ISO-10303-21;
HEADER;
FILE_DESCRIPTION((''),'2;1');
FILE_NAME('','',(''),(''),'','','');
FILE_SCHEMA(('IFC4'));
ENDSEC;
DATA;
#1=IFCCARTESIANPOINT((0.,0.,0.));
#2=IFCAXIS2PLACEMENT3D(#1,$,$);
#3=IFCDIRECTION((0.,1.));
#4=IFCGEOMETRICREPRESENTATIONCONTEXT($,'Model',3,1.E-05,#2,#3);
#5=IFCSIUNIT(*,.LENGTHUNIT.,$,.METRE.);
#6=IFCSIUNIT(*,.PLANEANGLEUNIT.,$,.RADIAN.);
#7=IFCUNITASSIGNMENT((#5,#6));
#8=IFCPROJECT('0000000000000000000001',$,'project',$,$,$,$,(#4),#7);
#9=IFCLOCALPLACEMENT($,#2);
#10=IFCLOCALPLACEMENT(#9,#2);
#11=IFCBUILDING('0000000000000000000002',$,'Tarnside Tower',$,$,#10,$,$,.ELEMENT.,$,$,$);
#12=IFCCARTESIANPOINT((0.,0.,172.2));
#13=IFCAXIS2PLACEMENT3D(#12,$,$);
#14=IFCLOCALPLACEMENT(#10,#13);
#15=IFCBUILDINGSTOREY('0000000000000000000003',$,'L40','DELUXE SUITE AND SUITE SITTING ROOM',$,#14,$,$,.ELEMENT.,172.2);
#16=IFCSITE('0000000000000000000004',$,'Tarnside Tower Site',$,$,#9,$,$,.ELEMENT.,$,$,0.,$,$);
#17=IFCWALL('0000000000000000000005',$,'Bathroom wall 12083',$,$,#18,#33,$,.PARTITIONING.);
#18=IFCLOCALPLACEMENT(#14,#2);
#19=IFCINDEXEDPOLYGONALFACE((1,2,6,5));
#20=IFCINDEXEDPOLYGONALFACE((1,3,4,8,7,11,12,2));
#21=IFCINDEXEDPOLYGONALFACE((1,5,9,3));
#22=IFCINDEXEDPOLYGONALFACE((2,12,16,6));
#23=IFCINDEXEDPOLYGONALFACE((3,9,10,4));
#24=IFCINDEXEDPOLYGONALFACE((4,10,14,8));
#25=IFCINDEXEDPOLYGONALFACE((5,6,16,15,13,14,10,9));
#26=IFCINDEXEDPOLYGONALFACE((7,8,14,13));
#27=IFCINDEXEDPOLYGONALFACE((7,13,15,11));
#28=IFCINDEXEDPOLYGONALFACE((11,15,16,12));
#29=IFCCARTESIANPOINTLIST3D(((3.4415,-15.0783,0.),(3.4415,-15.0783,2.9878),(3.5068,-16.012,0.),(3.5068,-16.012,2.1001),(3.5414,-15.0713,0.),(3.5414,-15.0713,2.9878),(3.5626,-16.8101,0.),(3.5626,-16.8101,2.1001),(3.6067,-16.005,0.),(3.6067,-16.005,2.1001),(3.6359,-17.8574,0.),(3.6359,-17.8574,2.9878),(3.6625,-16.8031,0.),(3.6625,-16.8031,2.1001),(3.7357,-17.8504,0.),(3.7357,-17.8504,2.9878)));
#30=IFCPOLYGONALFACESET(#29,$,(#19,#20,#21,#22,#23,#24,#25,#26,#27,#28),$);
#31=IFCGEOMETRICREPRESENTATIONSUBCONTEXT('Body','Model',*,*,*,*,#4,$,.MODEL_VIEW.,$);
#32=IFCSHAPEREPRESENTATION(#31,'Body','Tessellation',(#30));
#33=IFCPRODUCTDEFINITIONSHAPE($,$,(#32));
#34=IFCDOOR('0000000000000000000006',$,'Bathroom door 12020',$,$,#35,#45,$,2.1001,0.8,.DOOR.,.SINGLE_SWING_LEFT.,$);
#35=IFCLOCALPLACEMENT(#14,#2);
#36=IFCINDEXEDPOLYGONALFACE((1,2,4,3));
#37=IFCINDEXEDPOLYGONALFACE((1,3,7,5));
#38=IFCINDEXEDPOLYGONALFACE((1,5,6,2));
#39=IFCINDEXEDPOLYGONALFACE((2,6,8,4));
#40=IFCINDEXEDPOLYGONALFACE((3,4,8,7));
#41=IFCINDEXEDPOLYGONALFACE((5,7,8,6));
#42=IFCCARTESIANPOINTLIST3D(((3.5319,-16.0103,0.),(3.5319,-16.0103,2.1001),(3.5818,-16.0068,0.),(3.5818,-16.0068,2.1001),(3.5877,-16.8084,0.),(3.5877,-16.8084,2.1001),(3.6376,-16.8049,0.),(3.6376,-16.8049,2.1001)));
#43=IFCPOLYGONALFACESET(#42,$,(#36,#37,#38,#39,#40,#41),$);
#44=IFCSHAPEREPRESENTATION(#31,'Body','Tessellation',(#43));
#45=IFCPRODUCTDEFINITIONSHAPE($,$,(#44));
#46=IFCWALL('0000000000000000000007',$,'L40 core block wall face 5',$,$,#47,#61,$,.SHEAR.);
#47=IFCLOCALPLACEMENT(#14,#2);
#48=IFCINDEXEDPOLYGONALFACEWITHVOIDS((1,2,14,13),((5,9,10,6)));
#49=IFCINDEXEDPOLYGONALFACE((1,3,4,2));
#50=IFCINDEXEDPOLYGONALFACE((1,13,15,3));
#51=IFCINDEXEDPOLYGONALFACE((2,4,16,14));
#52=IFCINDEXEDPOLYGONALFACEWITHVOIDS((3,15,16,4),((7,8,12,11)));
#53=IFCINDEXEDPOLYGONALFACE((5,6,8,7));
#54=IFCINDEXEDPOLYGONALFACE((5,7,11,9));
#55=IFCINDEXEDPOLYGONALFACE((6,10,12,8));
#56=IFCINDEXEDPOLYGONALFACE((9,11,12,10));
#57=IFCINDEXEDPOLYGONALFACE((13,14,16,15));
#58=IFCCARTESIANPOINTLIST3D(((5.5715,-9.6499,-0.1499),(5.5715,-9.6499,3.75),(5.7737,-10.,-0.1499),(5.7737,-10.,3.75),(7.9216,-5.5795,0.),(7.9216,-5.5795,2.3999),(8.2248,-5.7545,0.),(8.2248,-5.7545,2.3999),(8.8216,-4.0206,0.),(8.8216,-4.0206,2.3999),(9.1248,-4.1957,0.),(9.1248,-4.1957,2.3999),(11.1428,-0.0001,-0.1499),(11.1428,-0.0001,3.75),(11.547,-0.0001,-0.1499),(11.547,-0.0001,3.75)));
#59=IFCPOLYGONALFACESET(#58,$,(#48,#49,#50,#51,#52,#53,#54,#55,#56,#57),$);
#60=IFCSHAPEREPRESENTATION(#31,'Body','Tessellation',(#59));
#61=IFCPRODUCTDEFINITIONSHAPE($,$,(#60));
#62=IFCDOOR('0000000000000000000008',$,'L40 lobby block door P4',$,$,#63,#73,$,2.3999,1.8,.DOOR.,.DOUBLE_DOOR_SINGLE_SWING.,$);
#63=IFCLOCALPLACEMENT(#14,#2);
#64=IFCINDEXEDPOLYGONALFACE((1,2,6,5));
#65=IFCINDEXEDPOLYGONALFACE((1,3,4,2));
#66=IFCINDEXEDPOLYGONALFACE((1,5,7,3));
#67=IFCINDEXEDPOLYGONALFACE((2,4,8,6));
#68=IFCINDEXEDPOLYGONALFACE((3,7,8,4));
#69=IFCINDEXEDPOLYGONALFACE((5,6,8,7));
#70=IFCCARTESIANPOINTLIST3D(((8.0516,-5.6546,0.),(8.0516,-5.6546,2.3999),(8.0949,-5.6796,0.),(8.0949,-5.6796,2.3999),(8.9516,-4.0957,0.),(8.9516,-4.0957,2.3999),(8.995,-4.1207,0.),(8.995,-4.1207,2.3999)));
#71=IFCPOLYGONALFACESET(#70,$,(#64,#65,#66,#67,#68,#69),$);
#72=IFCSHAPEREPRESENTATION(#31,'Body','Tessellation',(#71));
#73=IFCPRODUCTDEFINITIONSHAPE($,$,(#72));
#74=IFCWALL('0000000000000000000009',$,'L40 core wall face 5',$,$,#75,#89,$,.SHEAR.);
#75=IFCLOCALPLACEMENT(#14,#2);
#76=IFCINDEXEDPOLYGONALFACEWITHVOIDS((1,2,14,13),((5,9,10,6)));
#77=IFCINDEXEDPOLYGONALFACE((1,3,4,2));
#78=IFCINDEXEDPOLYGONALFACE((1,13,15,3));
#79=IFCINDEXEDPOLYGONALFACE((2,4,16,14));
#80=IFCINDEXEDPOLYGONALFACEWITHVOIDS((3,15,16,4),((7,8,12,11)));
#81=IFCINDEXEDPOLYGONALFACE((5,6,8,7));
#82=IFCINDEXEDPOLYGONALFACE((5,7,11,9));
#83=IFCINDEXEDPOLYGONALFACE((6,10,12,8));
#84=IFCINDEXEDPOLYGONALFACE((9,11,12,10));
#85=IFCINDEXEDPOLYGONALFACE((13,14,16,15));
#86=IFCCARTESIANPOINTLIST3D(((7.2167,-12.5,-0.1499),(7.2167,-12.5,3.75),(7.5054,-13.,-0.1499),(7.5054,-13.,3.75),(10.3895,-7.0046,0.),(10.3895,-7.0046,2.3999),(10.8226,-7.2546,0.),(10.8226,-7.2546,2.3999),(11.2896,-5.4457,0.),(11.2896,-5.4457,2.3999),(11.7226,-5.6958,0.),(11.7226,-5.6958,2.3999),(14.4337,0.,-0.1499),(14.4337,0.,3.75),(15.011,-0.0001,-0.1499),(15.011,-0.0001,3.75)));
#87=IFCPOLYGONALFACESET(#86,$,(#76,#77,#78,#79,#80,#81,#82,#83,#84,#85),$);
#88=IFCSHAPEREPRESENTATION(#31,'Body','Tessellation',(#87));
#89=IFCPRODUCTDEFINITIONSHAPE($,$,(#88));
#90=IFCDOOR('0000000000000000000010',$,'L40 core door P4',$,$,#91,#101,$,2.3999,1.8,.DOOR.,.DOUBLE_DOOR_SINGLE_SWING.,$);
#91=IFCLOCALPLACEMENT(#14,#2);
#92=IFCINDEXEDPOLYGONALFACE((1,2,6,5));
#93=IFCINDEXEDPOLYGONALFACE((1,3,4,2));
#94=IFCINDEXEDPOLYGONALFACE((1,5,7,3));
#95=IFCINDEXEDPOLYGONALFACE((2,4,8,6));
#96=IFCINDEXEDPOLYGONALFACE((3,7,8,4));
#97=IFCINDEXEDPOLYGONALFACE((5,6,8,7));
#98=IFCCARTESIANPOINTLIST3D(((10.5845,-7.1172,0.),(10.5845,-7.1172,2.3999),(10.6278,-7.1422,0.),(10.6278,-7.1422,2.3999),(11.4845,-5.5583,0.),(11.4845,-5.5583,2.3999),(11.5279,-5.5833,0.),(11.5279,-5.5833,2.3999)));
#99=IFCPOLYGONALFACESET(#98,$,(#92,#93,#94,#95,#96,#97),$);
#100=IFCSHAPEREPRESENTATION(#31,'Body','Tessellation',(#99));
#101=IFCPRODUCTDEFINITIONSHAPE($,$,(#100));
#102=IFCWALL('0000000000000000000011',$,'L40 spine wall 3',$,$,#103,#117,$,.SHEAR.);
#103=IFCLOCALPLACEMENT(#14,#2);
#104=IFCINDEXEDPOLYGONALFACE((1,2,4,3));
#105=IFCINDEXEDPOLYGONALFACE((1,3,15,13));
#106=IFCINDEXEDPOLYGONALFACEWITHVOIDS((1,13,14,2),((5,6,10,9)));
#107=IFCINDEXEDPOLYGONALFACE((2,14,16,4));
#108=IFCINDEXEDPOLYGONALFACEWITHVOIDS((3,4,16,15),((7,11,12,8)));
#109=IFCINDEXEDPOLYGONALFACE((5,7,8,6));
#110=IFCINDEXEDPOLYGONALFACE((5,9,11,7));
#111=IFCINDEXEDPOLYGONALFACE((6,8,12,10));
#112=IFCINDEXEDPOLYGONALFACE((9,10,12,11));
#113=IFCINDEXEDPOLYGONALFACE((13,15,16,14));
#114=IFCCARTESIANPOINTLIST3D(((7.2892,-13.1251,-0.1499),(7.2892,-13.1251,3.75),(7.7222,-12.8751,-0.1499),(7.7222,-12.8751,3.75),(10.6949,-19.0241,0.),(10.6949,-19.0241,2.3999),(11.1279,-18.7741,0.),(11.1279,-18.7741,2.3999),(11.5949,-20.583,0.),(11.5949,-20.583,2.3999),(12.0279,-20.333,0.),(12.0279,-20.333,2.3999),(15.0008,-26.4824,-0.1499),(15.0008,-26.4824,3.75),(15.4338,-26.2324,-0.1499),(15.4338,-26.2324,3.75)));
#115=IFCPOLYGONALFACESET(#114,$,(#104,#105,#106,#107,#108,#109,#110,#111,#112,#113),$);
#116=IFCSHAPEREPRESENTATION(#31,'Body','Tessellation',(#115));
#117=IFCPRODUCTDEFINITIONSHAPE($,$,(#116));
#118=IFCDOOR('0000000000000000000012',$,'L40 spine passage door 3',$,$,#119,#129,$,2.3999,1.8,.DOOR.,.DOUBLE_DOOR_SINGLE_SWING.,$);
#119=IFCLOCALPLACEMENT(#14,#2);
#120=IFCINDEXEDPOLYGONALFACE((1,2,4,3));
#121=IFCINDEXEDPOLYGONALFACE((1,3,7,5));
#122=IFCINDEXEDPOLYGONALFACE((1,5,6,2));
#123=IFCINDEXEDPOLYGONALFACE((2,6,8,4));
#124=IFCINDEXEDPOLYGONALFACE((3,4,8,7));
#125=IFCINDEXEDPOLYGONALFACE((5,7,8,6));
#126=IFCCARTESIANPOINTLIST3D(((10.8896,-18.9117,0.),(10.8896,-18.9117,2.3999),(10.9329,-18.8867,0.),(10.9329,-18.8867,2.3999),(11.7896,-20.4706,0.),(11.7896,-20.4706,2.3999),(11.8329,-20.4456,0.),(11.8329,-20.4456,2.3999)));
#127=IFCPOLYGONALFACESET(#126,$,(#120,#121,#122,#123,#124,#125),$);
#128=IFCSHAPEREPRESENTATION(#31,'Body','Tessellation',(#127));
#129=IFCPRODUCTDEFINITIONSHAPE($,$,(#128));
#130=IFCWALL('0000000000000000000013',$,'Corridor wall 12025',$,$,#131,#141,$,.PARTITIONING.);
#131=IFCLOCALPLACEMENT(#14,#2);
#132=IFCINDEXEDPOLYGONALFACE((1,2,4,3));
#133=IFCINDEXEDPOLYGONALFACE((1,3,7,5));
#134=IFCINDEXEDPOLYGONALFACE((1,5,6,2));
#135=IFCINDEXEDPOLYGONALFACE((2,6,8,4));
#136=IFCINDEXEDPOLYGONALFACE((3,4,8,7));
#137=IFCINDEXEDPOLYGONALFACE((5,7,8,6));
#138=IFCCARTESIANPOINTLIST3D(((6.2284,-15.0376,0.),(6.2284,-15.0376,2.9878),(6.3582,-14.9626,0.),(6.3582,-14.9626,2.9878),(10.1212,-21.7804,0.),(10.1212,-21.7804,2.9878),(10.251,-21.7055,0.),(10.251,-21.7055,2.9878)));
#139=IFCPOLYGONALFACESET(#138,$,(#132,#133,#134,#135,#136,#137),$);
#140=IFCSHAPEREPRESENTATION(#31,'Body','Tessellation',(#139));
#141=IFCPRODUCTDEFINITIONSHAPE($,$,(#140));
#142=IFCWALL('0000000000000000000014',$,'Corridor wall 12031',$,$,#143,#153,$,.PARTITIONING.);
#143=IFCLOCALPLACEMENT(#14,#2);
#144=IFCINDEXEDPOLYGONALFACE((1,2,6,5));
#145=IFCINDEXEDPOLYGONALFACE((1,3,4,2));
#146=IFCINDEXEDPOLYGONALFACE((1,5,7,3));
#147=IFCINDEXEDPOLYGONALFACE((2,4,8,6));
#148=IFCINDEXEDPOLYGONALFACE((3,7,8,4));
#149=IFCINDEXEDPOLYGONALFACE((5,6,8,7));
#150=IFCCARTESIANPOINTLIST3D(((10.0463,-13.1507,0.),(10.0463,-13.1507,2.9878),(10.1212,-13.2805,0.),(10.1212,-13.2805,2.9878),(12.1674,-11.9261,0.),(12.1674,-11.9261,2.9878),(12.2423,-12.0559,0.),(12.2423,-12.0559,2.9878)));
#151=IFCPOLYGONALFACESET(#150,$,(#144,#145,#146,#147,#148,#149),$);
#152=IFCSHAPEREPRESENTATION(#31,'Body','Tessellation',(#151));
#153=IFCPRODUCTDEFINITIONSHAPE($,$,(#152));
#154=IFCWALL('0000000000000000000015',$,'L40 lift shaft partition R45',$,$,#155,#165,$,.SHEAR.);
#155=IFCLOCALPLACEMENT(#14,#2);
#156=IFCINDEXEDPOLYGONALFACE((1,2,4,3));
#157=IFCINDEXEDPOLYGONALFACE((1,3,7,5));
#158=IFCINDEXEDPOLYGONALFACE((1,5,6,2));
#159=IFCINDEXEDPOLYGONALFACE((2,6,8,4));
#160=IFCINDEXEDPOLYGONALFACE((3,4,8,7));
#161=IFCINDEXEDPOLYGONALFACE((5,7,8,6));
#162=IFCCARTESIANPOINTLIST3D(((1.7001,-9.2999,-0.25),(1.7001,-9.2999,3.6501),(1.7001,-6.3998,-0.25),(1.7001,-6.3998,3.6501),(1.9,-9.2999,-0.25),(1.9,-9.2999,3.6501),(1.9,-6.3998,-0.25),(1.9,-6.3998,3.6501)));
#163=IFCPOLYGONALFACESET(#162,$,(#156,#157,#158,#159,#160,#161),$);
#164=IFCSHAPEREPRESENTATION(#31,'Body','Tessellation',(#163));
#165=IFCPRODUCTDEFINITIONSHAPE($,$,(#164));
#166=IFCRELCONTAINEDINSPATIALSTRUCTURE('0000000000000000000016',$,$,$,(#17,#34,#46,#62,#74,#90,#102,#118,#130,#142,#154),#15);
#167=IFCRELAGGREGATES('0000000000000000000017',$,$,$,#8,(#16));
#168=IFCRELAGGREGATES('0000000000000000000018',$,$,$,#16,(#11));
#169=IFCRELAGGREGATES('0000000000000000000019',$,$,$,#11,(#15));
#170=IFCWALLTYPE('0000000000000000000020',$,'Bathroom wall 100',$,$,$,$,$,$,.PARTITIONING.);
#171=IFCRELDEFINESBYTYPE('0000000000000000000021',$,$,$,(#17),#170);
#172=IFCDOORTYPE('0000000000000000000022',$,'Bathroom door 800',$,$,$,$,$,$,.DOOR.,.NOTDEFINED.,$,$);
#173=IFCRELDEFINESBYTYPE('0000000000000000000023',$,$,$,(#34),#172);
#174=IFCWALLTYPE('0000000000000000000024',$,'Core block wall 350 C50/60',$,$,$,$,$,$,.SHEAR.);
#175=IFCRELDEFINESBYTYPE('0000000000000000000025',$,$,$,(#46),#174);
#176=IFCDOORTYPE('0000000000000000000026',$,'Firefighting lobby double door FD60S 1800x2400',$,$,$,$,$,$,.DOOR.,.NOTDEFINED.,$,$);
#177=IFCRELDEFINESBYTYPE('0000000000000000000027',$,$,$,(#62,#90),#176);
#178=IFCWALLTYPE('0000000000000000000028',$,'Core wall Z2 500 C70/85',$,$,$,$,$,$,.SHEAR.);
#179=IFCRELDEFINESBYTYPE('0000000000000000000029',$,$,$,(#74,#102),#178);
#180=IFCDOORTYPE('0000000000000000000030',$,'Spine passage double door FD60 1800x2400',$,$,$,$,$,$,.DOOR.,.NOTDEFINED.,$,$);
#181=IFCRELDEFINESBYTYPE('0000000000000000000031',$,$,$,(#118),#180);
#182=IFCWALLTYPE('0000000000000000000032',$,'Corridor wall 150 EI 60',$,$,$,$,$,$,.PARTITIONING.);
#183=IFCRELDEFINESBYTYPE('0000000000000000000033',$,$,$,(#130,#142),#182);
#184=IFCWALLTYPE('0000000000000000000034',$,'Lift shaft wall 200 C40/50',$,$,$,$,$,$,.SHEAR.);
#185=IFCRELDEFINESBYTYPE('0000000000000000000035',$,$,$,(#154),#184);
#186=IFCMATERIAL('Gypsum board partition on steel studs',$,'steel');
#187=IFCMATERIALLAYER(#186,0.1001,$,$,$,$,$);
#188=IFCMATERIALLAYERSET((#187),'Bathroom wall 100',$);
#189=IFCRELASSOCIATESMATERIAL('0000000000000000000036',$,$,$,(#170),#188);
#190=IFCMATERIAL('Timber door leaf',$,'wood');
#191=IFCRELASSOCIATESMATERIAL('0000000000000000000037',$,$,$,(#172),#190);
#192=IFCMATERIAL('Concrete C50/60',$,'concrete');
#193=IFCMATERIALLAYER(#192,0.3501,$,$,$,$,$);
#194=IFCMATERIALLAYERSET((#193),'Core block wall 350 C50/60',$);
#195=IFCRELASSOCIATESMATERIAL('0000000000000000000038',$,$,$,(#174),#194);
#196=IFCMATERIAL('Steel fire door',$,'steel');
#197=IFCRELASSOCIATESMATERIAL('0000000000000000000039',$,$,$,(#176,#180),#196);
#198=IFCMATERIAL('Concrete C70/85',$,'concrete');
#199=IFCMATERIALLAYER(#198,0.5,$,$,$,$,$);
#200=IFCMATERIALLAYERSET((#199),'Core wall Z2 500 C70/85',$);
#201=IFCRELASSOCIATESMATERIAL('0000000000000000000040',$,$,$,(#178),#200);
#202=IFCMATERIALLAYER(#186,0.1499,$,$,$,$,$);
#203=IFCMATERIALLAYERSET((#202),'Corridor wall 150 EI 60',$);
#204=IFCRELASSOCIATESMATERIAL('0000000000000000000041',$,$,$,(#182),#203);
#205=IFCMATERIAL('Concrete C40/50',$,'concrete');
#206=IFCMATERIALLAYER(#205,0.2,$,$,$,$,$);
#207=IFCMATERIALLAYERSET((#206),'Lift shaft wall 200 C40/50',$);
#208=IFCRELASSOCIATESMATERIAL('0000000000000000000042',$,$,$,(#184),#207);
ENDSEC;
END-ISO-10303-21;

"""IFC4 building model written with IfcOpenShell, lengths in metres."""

from ifc_helpers import new_model, si_unit, direction, frame, frame_2d, origin, place, context, subcontext, project, spatial, polyline, rectangle, outline, extrude, material, layer, layer_set, type_object, element, fill, save


model = new_model("IFC4")

# Units and contexts
model_context = context("Model", 3, precision=1e-05, world=origin(), true_north=direction((0.0, 1.0)))
body_context = subcontext(model_context, "Body", "Model", "MODEL_VIEW")
ifc_project = project(units=[si_unit("LENGTHUNIT", "METRE"), si_unit("PLANEANGLEUNIT", "RADIAN")], contexts=[model_context])

# Site, building, storey
site_placement = place(None, origin())
site = spatial("IfcSite", under=ifc_project, at=site_placement, Name="Tarnside Tower Site", CompositionType="ELEMENT", RefElevation=0.0)
building_placement = place(site_placement, origin())
building = spatial("IfcBuilding", under=site, at=building_placement, Name="Tarnside Tower", CompositionType="ELEMENT")
storey_placement = place(building_placement, frame((0.0, 0.0, 172.2)))
storey = spatial("IfcBuildingStorey", under=building, at=storey_placement, Name="L40", Description="DELUXE SUITE AND SUITE SITTING ROOM", CompositionType="ELEMENT", Elevation=172.2)

# Shared definitions
ifc_material_1 = material(Name="Gypsum board partition on steel studs", Category="steel")
ifc_layer_1 = layer(ifc_material_1, 0.1001)
ifc_layer_set_1 = layer_set([ifc_layer_1], Name="Bathroom wall 100")
wall_type_1 = type_object("IfcWallType", Name="Bathroom wall 100", PredefinedType="PARTITIONING", material=ifc_layer_set_1)

# Walls, openings, doors
wall_1_placement = place(storey_placement, frame((3.6858, -17.854, 0.0), z_axis=(0.0, 0.0, 1.0), x_axis=(-0.069758, 0.997564, 0.0)))
wall_1 = element("IfcWall", 1, at=wall_1_placement, inside=storey, type_object=wall_type_1, Name="Bathroom wall 12083", PredefinedType="PARTITIONING", context=body_context, shape_type="SweptSolid", body=[
    extrude(rectangle(XDim=2.7859, YDim=0.1001, at=frame_2d((1.3931, 0.0))), origin(), (0.0, 0.0, 1.0), 2.9878),
])
opening_1_placement = place(wall_1_placement, frame((1.05, 0.0, 0.0)))
opening_1 = element("IfcOpeningElement", 2, at=opening_1_placement, cuts=wall_1, PredefinedType="OPENING", context=body_context, shape_type="SweptSolid", body=[
    extrude(rectangle(XDim=0.8, YDim=2.1001, at=frame_2d((0.3999, 1.05))), frame((0.0, 0.0601, 0.0), z_axis=(0.0, -1.0, 0.0), x_axis=(1.0, 0.0, 0.0)), (0.0, 0.0, 1.0), 0.1201),
])
ifc_material_2 = material(Name="Timber door leaf", Category="wood")
door_type_1 = type_object("IfcDoorType", Name="Bathroom door 800", OperationType="NOTDEFINED", PredefinedType="DOOR", material=ifc_material_2)
door_1_placement = place(opening_1_placement, origin())
door_1 = element("IfcDoor", 3, at=door_1_placement, inside=storey, type_object=door_type_1, Name="Bathroom door 12020", OperationType="SINGLE_SWING_LEFT", OverallHeight=2.1001, OverallWidth=0.8, PredefinedType="DOOR", context=body_context, shape_type="SweptSolid", body=[
    extrude(rectangle(XDim=0.8, YDim=2.1001, at=frame_2d((0.3999, 1.05))), frame((0.0, 0.0249, 0.0), z_axis=(0.0, -1.0, 0.0), x_axis=(1.0, 0.0, 0.0)), (0.0, 0.0, 1.0), 0.05),
])
fill(opening_1, door_1)
ifc_material_3 = material(Name="Concrete C50/60", Category="concrete")
ifc_layer_2 = layer(ifc_material_3, 0.3501)
ifc_layer_set_2 = layer_set([ifc_layer_2], Name="Core block wall 350 C50/60")
wall_type_2 = type_object("IfcWallType", Name="Core block wall 350 C50/60", PredefinedType="SHEAR", material=ifc_layer_set_2)
wall_2_placement = place(storey_placement, frame((5.6726, -9.825, -0.1499), z_axis=(0.0, 0.0, 1.0), x_axis=(0.499995, 0.866028, 0.0)))
wall_2 = element("IfcWall", 4, at=wall_2_placement, inside=storey, type_object=wall_type_2, Name="L40 core block wall face 5", PredefinedType="SHEAR", context=body_context, shape_type="SweptSolid", body=[
    extrude(outline(polyline([(-0.1011, -0.175), (11.4458, -0.175), (11.2437, 0.175), (0.1011, 0.175), (-0.1011, -0.175)])), origin(), (0.0, 0.0, 1.0), 3.8999),
])
opening_2_placement = place(wall_2_placement, frame((4.8013, 0.0, 0.1499)))
opening_2 = element("IfcOpeningElement", 5, at=opening_2_placement, cuts=wall_2, PredefinedType="OPENING", context=body_context, shape_type="SweptSolid", body=[
    extrude(rectangle(XDim=1.8, YDim=2.3999, at=frame_2d((0.8999, 1.2))), frame((0.0, 0.1851, 0.0), z_axis=(0.0, -1.0, 0.0), x_axis=(1.0, 0.0, 0.0)), (0.0, 0.0, 1.0), 0.3701),
])
ifc_material_4 = material(Name="Steel fire door", Category="steel")
door_type_2 = type_object("IfcDoorType", Name="Firefighting lobby double door FD60S 1800x2400", OperationType="NOTDEFINED", PredefinedType="DOOR", material=ifc_material_4)
door_2_placement = place(opening_2_placement, origin())
door_2 = element("IfcDoor", 6, at=door_2_placement, inside=storey, type_object=door_type_2, Name="L40 lobby block door P4", OperationType="DOUBLE_DOOR_SINGLE_SWING", OverallHeight=2.3999, OverallWidth=1.8, PredefinedType="DOOR", context=body_context, shape_type="SweptSolid", body=[
    extrude(rectangle(XDim=1.8, YDim=2.3999, at=frame_2d((0.8999, 1.2))), frame((0.0, 0.0249, 0.0), z_axis=(0.0, -1.0, 0.0), x_axis=(1.0, 0.0, 0.0)), (0.0, 0.0, 1.0), 0.05),
])
fill(opening_2, door_2)
ifc_material_5 = material(Name="Concrete C70/85", Category="concrete")
ifc_layer_3 = layer(ifc_material_5, 0.5)
ifc_layer_set_3 = layer_set([ifc_layer_3], Name="Core wall Z2 500 C70/85")
wall_type_3 = type_object("IfcWallType", Name="Core wall Z2 500 C70/85", PredefinedType="SHEAR", material=ifc_layer_set_3)
wall_3_placement = place(storey_placement, frame((7.3611, -12.75, -0.1499), z_axis=(0.0, 0.0, 1.0), x_axis=(0.500006, 0.866022, 0.0)))
wall_3 = element("IfcWall", 7, at=wall_3_placement, inside=storey, type_object=wall_type_3, Name="L40 core wall face 5", PredefinedType="SHEAR", context=body_context, shape_type="SweptSolid", body=[
    extrude(outline(polyline([(-0.1443, -0.25), (14.8667, -0.25), (14.5781, 0.25), (0.1443, 0.25), (-0.1443, -0.25)])), origin(), (0.0, 0.0, 1.0), 3.8999),
])
opening_3_placement = place(wall_3_placement, frame((6.49, 0.0, 0.1499)))
opening_3 = element("IfcOpeningElement", 8, at=opening_3_placement, cuts=wall_3, PredefinedType="OPENING", context=body_context, shape_type="SweptSolid", body=[
    extrude(rectangle(XDim=1.8, YDim=2.3999, at=frame_2d((0.8999, 1.2))), frame((0.0, 0.26, 0.0), z_axis=(0.0, -1.0, 0.0), x_axis=(1.0, 0.0, 0.0)), (0.0, 0.0, 1.0), 0.52),
])
door_3_placement = place(opening_3_placement, origin())
door_3 = element("IfcDoor", 9, at=door_3_placement, inside=storey, type_object=door_type_2, Name="L40 core door P4", OperationType="DOUBLE_DOOR_SINGLE_SWING", OverallHeight=2.3999, OverallWidth=1.8, PredefinedType="DOOR", context=body_context, shape_type="SweptSolid", body=[
    extrude(rectangle(XDim=1.8, YDim=2.3999, at=frame_2d((0.8999, 1.2))), frame((0.0, 0.0249, 0.0), z_axis=(0.0, -1.0, 0.0), x_axis=(1.0, 0.0, 0.0)), (0.0, 0.0, 1.0), 0.05),
])
fill(opening_3, door_3)
wall_4_placement = place(storey_placement, frame((7.5056, -13.0, -0.1499), z_axis=(0.0, 0.0, 1.0), x_axis=(0.499988, -0.866032, 0.0)))
wall_4 = element("IfcWall", 10, at=wall_4_placement, inside=storey, type_object=wall_type_3, Name="L40 spine wall 3", PredefinedType="SHEAR", context=body_context, shape_type="SweptSolid", body=[
    extrude(rectangle(XDim=15.4236, YDim=0.5, at=frame_2d((7.7119, 0.0))), origin(), (0.0, 0.0, 1.0), 3.8999),
])
opening_4_placement = place(wall_4_placement, frame((6.8118, 0.0, 0.1499)))
opening_4 = element("IfcOpeningElement", 11, at=opening_4_placement, cuts=wall_4, PredefinedType="OPENING", context=body_context, shape_type="SweptSolid", body=[
    extrude(rectangle(XDim=1.8, YDim=2.3999, at=frame_2d((0.8999, 1.2))), frame((0.0, 0.26, 0.0), z_axis=(0.0, -1.0, 0.0), x_axis=(1.0, 0.0, 0.0)), (0.0, 0.0, 1.0), 0.52),
])
door_type_3 = type_object("IfcDoorType", Name="Spine passage double door FD60 1800x2400", OperationType="NOTDEFINED", PredefinedType="DOOR", material=ifc_material_4)
door_4_placement = place(opening_4_placement, origin())
door_4 = element("IfcDoor", 12, at=door_4_placement, inside=storey, type_object=door_type_3, Name="L40 spine passage door 3", OperationType="DOUBLE_DOOR_SINGLE_SWING", OverallHeight=2.3999, OverallWidth=1.8, PredefinedType="DOOR", context=body_context, shape_type="SweptSolid", body=[
    extrude(rectangle(XDim=1.8, YDim=2.3999, at=frame_2d((0.8999, 1.2))), frame((0.0, 0.0249, 0.0), z_axis=(0.0, -1.0, 0.0), x_axis=(1.0, 0.0, 0.0)), (0.0, 0.0, 1.0), 0.05),
])
fill(opening_4, door_4)

# Walls
ifc_layer_4 = layer(ifc_material_1, 0.1499)
ifc_layer_set_4 = layer_set([ifc_layer_4], Name="Corridor wall 150 EI 60")
wall_type_4 = type_object("IfcWallType", Name="Corridor wall 150 EI 60", PredefinedType="PARTITIONING", material=ifc_layer_set_4)
wall_5_placement = place(storey_placement, frame((6.2932, -15.0, 0.0), z_axis=(0.0, 0.0, 1.0), x_axis=(0.49998, -0.866037, 0.0)))
element("IfcWall", 13, at=wall_5_placement, inside=storey, type_object=wall_type_4, Name="Corridor wall 12025", PredefinedType="PARTITIONING", context=body_context, shape_type="SweptSolid", body=[
    extrude(rectangle(XDim=7.7859, YDim=0.1499, at=frame_2d((3.8931, 0.0))), origin(), (0.0, 0.0, 1.0), 2.9878),
])
wall_6_placement = place(storey_placement, frame((10.0837, -13.2156, 0.0), z_axis=(0.0, 0.0, 1.0), x_axis=(0.866026, 0.499999, 0.0)))
element("IfcWall", 14, at=wall_6_placement, inside=storey, type_object=wall_type_4, Name="Corridor wall 12031", PredefinedType="PARTITIONING", context=body_context, shape_type="SweptSolid", body=[
    extrude(rectangle(XDim=2.4492, YDim=0.1499, at=frame_2d((1.2246, 0.0))), origin(), (0.0, 0.0, 1.0), 2.9878),
])
ifc_material_6 = material(Name="Concrete C40/50", Category="concrete")
ifc_layer_5 = layer(ifc_material_6, 0.2)
ifc_layer_set_5 = layer_set([ifc_layer_5], Name="Lift shaft wall 200 C40/50")
wall_type_5 = type_object("IfcWallType", Name="Lift shaft wall 200 C40/50", PredefinedType="SHEAR", material=ifc_layer_set_5)
wall_7_placement = place(storey_placement, frame((1.8, -9.3, -0.25), z_axis=(0.0, 0.0, 1.0), x_axis=(0.0, 1.0, 0.0)))
element("IfcWall", 15, at=wall_7_placement, inside=storey, type_object=wall_type_5, Name="L40 lift shaft partition R45", PredefinedType="SHEAR", context=body_context, shape_type="SweptSolid", body=[
    extrude(rectangle(XDim=2.9001, YDim=0.2, at=frame_2d((1.4502, 0.0))), origin(), (0.0, 0.0, 1.0), 3.9001),
])

save(model, "model.ifc")
